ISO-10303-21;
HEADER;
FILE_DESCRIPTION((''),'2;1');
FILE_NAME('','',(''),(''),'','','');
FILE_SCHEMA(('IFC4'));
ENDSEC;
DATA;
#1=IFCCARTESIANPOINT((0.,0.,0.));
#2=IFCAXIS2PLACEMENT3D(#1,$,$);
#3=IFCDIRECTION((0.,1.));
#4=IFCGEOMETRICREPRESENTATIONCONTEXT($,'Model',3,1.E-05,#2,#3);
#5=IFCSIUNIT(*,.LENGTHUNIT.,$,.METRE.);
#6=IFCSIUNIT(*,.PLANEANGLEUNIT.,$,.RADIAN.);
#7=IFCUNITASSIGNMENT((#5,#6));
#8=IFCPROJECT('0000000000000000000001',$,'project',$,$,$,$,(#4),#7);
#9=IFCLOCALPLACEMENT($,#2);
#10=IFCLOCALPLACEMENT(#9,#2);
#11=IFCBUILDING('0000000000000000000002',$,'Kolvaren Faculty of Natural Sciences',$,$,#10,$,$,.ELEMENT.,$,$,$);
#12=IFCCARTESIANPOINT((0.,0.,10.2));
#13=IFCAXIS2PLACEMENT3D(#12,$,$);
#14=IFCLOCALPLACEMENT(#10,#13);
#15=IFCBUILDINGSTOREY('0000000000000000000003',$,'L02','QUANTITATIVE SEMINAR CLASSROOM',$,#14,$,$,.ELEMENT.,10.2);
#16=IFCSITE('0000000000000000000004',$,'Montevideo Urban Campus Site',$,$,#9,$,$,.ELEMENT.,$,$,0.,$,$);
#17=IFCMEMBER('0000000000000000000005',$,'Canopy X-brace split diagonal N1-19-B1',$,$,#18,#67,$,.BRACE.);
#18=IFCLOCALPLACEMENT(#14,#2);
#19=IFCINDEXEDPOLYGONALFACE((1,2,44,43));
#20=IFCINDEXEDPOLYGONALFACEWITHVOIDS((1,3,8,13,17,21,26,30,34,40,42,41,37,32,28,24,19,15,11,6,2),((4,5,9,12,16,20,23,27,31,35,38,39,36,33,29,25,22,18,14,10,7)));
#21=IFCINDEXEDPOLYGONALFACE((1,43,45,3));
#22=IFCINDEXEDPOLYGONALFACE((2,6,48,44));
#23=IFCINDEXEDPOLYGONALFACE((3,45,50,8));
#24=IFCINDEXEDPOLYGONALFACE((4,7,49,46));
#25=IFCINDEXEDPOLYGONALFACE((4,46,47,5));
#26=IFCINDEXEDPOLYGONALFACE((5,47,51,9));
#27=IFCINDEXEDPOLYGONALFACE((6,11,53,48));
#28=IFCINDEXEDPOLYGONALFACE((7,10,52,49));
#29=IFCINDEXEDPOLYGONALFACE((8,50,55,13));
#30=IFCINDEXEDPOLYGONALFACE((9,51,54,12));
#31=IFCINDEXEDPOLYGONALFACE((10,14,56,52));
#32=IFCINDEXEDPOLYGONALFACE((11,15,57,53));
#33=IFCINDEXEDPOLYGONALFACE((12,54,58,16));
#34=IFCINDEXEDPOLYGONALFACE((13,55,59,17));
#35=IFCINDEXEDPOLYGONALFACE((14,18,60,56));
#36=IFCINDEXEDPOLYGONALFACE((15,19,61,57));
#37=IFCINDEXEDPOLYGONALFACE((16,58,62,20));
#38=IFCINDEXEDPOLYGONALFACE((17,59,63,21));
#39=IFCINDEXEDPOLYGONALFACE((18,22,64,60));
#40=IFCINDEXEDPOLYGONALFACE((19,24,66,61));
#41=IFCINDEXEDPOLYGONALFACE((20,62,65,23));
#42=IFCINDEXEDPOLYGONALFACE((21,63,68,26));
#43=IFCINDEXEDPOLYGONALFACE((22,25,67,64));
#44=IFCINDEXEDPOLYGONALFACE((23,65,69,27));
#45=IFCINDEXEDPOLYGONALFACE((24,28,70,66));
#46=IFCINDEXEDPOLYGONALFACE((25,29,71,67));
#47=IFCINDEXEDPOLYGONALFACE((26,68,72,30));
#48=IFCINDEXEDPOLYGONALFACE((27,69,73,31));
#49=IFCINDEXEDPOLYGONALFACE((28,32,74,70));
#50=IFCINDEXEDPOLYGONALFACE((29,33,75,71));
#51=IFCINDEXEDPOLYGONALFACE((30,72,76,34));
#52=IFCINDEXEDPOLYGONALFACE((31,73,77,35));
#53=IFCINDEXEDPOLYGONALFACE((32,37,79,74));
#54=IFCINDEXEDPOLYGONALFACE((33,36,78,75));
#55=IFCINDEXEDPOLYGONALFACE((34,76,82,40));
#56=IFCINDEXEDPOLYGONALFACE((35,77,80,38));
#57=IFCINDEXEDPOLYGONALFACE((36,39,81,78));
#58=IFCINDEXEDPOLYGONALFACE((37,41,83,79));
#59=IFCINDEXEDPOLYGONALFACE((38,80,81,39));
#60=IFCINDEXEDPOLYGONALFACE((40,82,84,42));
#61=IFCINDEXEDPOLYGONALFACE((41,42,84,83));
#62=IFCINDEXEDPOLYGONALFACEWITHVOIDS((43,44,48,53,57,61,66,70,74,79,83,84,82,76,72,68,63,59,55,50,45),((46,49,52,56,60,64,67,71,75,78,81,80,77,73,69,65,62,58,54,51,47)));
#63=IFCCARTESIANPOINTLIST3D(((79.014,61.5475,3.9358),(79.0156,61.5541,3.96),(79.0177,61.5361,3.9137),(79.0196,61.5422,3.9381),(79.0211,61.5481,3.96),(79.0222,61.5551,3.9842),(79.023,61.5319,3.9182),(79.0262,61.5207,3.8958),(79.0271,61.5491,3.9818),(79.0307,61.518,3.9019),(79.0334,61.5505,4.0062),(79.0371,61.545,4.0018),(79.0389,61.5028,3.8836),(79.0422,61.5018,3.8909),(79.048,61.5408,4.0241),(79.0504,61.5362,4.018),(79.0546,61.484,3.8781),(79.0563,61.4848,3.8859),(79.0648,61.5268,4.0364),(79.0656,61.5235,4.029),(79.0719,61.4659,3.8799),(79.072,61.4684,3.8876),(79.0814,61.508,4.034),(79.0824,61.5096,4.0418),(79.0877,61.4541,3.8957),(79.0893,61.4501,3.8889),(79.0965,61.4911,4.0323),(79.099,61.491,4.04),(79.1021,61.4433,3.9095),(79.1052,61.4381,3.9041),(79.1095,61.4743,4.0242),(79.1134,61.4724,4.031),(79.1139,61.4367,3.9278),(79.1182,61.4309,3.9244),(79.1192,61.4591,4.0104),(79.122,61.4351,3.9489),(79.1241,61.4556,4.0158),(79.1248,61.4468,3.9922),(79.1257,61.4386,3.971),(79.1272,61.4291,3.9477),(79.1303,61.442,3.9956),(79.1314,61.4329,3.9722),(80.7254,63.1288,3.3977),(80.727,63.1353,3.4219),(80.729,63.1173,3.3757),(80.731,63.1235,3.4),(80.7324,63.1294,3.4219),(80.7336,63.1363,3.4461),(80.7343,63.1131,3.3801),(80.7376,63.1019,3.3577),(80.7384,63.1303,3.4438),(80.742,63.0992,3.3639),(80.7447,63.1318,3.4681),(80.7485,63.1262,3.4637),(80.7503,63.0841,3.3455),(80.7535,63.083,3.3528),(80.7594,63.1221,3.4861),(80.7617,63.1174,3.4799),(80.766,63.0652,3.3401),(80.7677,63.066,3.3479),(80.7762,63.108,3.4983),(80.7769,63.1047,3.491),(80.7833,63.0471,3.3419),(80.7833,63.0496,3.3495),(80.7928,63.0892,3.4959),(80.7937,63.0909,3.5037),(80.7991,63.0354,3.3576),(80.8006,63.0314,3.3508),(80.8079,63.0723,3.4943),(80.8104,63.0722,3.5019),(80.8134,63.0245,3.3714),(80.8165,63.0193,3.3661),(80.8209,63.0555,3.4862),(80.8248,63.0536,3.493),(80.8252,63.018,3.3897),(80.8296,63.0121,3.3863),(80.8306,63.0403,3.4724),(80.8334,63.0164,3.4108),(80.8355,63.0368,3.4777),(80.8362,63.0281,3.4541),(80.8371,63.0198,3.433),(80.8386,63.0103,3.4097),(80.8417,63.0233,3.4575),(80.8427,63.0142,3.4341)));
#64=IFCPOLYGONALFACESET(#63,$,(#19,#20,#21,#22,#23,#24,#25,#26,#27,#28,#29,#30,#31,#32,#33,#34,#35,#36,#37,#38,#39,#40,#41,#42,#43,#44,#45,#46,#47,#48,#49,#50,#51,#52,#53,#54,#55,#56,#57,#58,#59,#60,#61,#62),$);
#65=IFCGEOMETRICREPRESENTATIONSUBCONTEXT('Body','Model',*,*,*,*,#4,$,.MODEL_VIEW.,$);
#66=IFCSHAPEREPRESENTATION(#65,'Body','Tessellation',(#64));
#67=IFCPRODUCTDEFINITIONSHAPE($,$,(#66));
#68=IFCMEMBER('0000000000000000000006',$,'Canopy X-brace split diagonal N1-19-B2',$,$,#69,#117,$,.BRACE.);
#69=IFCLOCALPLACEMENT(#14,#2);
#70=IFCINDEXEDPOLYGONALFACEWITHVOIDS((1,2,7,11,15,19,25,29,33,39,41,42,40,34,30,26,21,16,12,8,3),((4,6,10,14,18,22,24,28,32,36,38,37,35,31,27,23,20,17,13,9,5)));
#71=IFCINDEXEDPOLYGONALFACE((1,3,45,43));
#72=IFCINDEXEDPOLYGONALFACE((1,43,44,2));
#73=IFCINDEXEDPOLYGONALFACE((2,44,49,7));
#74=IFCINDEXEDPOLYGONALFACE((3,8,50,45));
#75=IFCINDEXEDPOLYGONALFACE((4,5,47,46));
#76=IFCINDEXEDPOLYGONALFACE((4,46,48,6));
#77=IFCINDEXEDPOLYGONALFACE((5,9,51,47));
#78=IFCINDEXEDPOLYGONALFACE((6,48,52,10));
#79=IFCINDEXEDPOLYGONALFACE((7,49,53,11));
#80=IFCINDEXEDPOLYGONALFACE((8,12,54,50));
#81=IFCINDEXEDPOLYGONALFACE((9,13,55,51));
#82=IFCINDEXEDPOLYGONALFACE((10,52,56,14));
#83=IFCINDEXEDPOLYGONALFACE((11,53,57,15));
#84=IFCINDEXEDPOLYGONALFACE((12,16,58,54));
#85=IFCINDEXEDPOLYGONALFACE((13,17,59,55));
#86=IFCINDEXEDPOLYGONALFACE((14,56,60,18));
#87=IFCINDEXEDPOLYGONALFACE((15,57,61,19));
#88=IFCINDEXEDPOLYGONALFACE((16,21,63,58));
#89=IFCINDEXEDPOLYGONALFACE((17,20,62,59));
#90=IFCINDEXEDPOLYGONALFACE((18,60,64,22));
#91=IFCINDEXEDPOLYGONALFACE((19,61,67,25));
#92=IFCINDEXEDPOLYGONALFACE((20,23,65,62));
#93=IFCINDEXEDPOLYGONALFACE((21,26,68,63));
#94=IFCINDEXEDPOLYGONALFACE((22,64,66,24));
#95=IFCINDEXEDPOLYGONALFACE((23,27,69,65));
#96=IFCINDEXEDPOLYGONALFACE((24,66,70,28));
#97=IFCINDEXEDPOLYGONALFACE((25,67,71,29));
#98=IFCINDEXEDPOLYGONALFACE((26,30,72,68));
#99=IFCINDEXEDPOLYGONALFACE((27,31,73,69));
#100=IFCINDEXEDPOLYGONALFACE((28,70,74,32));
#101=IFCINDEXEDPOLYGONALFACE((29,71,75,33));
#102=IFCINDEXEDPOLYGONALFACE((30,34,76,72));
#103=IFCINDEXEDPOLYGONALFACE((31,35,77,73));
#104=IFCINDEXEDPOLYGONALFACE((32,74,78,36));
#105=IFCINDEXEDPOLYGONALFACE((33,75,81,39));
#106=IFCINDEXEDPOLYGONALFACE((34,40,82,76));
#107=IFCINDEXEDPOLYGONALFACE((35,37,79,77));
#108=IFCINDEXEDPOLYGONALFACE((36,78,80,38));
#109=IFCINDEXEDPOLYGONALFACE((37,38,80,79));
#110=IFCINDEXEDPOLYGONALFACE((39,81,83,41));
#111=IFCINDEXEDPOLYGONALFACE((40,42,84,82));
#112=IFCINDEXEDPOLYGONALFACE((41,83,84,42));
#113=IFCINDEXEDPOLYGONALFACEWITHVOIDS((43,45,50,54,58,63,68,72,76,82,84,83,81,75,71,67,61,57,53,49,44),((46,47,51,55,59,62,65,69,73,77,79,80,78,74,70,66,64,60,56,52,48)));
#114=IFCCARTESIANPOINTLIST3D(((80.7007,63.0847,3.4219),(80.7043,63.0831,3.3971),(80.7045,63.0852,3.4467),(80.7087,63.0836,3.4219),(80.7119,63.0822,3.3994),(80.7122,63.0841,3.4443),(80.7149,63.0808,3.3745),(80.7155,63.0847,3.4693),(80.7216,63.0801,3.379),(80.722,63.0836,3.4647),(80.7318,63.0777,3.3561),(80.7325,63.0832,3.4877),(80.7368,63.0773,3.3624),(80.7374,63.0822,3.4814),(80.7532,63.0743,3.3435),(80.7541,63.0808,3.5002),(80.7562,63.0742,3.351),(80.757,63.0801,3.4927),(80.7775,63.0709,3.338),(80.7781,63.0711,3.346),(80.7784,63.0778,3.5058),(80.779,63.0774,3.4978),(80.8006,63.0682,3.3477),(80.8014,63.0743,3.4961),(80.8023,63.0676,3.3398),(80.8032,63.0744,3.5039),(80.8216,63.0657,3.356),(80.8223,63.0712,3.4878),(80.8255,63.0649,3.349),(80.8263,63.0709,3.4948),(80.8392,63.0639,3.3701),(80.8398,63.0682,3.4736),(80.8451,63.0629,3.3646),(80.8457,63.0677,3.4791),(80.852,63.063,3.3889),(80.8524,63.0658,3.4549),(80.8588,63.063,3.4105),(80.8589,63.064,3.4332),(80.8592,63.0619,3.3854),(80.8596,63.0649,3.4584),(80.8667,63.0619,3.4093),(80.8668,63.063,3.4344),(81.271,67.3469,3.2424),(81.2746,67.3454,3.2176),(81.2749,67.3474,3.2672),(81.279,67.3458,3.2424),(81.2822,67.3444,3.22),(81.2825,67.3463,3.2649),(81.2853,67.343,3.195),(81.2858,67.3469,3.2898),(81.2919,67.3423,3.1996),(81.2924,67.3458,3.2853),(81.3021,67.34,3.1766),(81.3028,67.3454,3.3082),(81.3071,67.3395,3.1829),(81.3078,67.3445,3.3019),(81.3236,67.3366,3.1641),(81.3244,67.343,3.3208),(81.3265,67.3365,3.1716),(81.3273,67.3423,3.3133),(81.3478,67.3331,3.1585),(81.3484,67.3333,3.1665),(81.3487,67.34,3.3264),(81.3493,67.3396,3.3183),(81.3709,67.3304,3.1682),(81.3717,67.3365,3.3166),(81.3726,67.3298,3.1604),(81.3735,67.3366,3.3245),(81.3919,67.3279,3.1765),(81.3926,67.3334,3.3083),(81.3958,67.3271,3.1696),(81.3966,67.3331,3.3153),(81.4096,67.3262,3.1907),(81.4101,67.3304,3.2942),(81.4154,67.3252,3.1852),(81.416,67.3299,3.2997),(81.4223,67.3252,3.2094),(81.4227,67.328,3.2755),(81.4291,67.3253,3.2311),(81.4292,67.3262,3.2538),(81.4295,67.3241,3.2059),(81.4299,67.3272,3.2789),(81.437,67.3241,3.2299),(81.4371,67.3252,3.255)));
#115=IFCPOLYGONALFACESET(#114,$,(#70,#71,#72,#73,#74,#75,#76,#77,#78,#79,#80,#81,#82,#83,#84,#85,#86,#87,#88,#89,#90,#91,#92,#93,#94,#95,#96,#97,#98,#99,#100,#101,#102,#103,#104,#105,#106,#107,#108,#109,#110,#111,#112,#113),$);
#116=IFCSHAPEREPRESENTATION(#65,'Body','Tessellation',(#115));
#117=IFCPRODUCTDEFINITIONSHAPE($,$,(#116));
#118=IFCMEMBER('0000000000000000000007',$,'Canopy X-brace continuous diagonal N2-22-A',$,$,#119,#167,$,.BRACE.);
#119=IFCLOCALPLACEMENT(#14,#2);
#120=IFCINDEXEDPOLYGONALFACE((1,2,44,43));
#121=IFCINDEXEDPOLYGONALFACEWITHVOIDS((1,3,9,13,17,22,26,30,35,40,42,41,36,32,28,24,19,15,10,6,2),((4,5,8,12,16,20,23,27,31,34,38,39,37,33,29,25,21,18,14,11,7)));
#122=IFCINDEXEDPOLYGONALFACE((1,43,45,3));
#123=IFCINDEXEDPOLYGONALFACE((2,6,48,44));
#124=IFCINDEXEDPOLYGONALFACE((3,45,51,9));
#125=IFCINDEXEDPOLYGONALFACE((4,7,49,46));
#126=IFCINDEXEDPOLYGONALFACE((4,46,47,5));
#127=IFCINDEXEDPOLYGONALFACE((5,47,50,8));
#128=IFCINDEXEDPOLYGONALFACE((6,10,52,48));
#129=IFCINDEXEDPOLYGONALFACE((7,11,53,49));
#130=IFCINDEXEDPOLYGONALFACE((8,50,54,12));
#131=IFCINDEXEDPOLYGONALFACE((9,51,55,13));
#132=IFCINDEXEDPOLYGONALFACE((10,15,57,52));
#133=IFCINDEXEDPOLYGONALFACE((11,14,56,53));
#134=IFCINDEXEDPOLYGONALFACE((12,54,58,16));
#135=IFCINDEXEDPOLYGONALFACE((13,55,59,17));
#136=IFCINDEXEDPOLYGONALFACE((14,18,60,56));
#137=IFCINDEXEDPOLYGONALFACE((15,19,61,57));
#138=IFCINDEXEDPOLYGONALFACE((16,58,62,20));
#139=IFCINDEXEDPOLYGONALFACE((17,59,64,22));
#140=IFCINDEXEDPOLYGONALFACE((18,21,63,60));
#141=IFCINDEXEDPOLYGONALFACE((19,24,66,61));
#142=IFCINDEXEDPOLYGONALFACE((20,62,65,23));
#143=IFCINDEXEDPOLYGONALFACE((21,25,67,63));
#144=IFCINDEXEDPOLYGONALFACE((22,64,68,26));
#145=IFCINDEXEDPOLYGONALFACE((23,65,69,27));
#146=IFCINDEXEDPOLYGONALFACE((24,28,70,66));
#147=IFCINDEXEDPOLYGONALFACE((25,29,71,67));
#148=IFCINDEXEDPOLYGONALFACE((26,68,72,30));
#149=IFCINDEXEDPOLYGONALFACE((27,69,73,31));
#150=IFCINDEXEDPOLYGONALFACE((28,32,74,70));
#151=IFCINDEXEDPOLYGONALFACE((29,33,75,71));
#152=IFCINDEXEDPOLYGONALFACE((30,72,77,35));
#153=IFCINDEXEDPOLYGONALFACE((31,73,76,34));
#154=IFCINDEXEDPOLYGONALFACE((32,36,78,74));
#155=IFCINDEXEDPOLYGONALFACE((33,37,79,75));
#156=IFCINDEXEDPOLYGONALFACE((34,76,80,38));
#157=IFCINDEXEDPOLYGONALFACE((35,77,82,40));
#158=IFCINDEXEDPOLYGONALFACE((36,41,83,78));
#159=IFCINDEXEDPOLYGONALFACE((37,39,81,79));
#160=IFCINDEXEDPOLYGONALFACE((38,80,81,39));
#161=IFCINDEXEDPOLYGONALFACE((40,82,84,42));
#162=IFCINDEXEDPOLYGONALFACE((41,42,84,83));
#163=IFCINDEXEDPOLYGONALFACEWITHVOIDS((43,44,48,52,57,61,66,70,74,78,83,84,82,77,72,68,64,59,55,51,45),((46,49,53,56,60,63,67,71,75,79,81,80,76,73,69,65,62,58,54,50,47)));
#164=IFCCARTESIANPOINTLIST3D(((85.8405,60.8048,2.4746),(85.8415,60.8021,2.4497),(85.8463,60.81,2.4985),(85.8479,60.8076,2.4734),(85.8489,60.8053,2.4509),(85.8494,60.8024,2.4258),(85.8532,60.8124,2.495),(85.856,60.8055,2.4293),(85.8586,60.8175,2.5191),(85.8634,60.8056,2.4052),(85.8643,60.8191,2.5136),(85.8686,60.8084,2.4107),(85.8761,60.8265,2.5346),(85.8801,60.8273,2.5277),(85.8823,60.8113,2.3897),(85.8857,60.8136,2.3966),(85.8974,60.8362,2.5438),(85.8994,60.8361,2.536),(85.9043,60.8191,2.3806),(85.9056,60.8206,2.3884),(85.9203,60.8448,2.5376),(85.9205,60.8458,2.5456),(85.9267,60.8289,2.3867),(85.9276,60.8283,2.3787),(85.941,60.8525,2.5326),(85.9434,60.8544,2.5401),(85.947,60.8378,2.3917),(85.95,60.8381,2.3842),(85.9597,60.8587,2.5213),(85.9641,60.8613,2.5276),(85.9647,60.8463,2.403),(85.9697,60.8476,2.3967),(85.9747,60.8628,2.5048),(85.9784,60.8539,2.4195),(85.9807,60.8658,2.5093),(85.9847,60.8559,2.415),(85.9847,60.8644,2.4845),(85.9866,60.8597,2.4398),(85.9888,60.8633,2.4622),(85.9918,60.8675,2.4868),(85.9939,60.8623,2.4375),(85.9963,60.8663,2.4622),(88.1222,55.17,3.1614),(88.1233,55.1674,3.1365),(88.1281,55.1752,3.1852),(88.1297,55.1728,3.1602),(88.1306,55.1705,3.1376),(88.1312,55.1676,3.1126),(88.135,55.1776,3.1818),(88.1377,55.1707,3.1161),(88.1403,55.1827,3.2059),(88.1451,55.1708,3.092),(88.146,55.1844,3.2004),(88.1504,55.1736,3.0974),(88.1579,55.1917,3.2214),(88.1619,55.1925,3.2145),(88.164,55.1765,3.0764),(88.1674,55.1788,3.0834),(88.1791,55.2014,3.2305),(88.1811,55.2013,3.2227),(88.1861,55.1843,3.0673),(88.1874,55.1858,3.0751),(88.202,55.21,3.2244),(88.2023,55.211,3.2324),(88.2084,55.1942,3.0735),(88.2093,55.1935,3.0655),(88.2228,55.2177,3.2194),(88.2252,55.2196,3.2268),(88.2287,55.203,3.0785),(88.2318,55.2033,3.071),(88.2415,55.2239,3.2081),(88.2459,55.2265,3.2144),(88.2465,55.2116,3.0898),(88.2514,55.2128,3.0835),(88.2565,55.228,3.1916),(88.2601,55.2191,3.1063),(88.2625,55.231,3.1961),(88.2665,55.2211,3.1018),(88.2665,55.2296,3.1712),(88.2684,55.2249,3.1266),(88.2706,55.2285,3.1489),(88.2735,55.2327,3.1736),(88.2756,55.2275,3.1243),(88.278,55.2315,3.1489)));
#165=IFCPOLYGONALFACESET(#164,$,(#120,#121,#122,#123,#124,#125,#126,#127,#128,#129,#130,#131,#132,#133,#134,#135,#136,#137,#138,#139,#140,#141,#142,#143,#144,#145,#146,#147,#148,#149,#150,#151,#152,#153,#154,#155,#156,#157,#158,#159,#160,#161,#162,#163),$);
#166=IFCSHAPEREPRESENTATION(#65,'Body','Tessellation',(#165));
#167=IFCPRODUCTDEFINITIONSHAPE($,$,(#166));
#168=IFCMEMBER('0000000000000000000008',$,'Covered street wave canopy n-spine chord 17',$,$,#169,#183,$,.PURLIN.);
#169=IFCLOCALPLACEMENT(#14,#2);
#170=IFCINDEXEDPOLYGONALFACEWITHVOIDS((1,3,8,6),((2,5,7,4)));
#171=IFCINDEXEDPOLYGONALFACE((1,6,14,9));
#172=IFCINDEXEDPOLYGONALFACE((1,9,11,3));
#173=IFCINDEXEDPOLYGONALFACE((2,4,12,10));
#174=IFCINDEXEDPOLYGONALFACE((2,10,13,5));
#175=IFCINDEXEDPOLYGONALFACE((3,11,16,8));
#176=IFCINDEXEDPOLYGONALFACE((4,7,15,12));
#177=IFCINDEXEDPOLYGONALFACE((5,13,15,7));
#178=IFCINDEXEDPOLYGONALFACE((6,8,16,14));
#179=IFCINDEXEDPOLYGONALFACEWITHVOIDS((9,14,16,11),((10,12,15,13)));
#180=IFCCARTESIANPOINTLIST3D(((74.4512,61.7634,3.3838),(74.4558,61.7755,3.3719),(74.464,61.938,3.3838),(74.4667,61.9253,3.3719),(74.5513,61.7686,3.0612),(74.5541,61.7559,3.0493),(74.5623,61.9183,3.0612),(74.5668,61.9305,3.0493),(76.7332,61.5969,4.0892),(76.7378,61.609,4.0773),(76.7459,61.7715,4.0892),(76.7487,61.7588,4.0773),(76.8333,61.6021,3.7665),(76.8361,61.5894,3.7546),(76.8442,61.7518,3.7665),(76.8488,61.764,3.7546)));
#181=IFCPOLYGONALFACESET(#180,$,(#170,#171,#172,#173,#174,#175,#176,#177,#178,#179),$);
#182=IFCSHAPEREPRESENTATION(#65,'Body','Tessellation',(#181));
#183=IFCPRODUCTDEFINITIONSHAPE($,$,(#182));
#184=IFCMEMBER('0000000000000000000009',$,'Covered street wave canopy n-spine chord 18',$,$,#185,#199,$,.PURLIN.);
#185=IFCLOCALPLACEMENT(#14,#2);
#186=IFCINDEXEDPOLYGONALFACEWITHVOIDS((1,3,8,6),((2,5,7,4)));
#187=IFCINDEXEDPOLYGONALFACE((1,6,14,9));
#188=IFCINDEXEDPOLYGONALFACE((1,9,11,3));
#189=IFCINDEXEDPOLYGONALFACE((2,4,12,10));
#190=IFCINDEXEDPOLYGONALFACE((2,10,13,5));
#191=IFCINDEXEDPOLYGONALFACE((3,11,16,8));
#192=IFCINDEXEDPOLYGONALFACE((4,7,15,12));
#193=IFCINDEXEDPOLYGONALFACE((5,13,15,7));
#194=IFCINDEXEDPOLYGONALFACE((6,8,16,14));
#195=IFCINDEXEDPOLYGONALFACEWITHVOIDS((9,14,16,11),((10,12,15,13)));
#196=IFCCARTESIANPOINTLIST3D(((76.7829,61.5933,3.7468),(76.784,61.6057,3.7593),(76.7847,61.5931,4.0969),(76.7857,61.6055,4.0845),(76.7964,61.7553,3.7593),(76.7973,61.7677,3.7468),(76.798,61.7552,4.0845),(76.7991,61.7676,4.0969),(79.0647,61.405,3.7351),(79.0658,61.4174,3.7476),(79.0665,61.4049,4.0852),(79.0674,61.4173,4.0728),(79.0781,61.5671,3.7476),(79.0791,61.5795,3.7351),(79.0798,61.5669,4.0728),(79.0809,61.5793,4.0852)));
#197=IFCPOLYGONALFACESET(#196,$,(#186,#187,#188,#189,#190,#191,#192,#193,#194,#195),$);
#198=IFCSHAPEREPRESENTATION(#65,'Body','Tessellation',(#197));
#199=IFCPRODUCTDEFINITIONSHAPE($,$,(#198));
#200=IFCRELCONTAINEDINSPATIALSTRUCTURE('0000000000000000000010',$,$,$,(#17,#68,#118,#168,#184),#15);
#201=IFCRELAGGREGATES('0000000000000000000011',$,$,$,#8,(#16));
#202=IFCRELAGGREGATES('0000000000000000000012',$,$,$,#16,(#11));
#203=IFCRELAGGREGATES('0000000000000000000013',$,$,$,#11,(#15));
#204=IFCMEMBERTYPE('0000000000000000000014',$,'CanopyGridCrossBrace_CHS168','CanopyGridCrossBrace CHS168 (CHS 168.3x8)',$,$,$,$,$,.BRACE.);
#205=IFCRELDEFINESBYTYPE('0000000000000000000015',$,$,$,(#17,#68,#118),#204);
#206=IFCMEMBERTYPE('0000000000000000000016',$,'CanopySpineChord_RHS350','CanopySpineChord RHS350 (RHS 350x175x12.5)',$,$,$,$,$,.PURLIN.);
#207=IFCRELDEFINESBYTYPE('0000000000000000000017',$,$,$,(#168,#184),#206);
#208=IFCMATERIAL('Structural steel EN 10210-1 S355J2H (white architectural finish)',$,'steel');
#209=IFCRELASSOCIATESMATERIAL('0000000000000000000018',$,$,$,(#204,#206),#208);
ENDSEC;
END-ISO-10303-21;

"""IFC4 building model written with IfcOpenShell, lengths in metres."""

from ifc_helpers import new_model, si_unit, direction, frame, origin, origin_2d, place, context, subcontext, project, spatial, hollow_rectangle, hollow_circle, extrude, material, material_profile, profile_set, type_object, element, save


model = new_model("IFC4")

# Units and contexts
model_context = context("Model", 3, precision=1e-05, world=origin(), true_north=direction((0.0, 1.0)))
body_context = subcontext(model_context, "Body", "Model", "MODEL_VIEW")
ifc_project = project(units=[si_unit("LENGTHUNIT", "METRE"), si_unit("PLANEANGLEUNIT", "RADIAN")], contexts=[model_context])

# Site, building, storey
site_placement = place(None, origin())
site = spatial("IfcSite", under=ifc_project, at=site_placement, Name="Montevideo Urban Campus Site", CompositionType="ELEMENT", RefElevation=0.0)
building_placement = place(site_placement, origin())
building = spatial("IfcBuilding", under=site, at=building_placement, Name="Kolvaren Faculty of Natural Sciences", CompositionType="ELEMENT")
storey_placement = place(building_placement, frame((0.0, 0.0, 10.2)))
storey = spatial("IfcBuildingStorey", under=building, at=storey_placement, Name="L02", Description="QUANTITATIVE SEMINAR CLASSROOM", CompositionType="ELEMENT", Elevation=10.2)

# Members
ifc_material_1 = material(Name="Structural steel EN 10210-1 S355J2H (white architectural finish)", Category="steel")
ifc_material_profile_1 = material_profile(ifc_material_1, hollow_circle(Radius=0.0842, WallThickness=0.0081, at=origin_2d()), Name="CHS 168.3x8")
ifc_profile_set_1 = profile_set([ifc_material_profile_1], Name="Structural steel EN 10210-1 S355J2H (white architectural finish)")
member_type_1 = type_object("IfcMemberType", Name="CanopyGridCrossBrace_CHS168", Description="CanopyGridCrossBrace CHS168 (CHS 168.3x8)", PredefinedType="BRACE", material=ifc_profile_set_1)
member_1_placement = place(storey_placement, frame((79.0728, 61.4922, 3.96), z_axis=(0.715644, 0.661231, -0.225004), x_axis=(-0.678633, 0.734478, 0.0)))
element("IfcMember", 1, at=member_1_placement, inside=storey, type_object=member_type_1, Name="Canopy X-brace split diagonal N1-19-B1", PredefinedType="BRACE", context=body_context, shape_type="SweptSolid", body=[
    extrude(hollow_circle(Radius=0.0842, WallThickness=0.0081, at=origin_2d()), origin(), (0.0, 0.0, 1.0), 2.3914),
])
member_2_placement = place(storey_placement, frame((80.7842, 63.0735, 3.4219), z_axis=(0.13251, 0.990304, -0.041693), x_axis=(-0.991166, 0.132625, 0.0)))
element("IfcMember", 2, at=member_2_placement, inside=storey, type_object=member_type_1, Name="Canopy X-brace split diagonal N1-19-B2", PredefinedType="BRACE", context=body_context, shape_type="SweptSolid", body=[
    extrude(hollow_circle(Radius=0.0842, WallThickness=0.0081, at=origin_2d()), origin(), (0.0, 0.0, 1.0), 4.304),
])
member_3_placement = place(storey_placement, frame((85.9182, 60.8347, 2.4622), z_axis=(0.372962, -0.921031, 0.112256), x_axis=(0.92689, 0.375334, 0.0)))
element("IfcMember", 3, at=member_3_placement, inside=storey, type_object=member_type_1, Name="Canopy X-brace continuous diagonal N2-22-A", PredefinedType="BRACE", context=body_context, shape_type="SweptSolid", body=[
    extrude(hollow_circle(Radius=0.0842, WallThickness=0.0081, at=origin_2d()), origin(), (0.0, 0.0, 1.0), 6.1179),
])
ifc_material_profile_2 = material_profile(ifc_material_1, hollow_rectangle(XDim=0.175, YDim=0.3501, WallThickness=0.0125, at=origin_2d()), Name="RHS 350x175x12.5")
ifc_profile_set_2 = profile_set([ifc_material_profile_2], Name="Structural steel EN 10210-1 S355J2H (white architectural finish)")
member_type_2 = type_object("IfcMemberType", Name="CanopySpineChord_RHS350", Description="CanopySpineChord RHS350 (RHS 350x175x12.5)", PredefinedType="PURLIN", material=ifc_profile_set_2)
member_4_placement = place(storey_placement, frame((74.509, 61.8469, 3.2166), z_axis=(0.953092, -0.069542, 0.294585), x_axis=(0.072771, 0.997349, 0.0)))
element("IfcMember", 4, at=member_4_placement, inside=storey, type_object=member_type_2, Name="Covered street wave canopy n-spine chord 17", PredefinedType="PURLIN", context=body_context, shape_type="SweptSolid", body=[
    extrude(hollow_rectangle(XDim=0.175, YDim=0.3501, WallThickness=0.0125, at=origin_2d()), origin(), (0.0, 0.0, 1.0), 2.3943),
])
member_5_placement = place(storey_placement, frame((76.791, 61.6804, 3.9219), z_axis=(0.996601, -0.082215, -0.005118), x_axis=(0.082216, 0.996615, 0.0)))
element("IfcMember", 5, at=member_5_placement, inside=storey, type_object=member_type_2, Name="Covered street wave canopy n-spine chord 18", PredefinedType="PURLIN", context=body_context, shape_type="SweptSolid", body=[
    extrude(hollow_rectangle(XDim=0.175, YDim=0.3501, WallThickness=0.0125, at=origin_2d()), origin(), (0.0, 0.0, 1.0), 2.2896),
])

save(model, "model.ifc")
